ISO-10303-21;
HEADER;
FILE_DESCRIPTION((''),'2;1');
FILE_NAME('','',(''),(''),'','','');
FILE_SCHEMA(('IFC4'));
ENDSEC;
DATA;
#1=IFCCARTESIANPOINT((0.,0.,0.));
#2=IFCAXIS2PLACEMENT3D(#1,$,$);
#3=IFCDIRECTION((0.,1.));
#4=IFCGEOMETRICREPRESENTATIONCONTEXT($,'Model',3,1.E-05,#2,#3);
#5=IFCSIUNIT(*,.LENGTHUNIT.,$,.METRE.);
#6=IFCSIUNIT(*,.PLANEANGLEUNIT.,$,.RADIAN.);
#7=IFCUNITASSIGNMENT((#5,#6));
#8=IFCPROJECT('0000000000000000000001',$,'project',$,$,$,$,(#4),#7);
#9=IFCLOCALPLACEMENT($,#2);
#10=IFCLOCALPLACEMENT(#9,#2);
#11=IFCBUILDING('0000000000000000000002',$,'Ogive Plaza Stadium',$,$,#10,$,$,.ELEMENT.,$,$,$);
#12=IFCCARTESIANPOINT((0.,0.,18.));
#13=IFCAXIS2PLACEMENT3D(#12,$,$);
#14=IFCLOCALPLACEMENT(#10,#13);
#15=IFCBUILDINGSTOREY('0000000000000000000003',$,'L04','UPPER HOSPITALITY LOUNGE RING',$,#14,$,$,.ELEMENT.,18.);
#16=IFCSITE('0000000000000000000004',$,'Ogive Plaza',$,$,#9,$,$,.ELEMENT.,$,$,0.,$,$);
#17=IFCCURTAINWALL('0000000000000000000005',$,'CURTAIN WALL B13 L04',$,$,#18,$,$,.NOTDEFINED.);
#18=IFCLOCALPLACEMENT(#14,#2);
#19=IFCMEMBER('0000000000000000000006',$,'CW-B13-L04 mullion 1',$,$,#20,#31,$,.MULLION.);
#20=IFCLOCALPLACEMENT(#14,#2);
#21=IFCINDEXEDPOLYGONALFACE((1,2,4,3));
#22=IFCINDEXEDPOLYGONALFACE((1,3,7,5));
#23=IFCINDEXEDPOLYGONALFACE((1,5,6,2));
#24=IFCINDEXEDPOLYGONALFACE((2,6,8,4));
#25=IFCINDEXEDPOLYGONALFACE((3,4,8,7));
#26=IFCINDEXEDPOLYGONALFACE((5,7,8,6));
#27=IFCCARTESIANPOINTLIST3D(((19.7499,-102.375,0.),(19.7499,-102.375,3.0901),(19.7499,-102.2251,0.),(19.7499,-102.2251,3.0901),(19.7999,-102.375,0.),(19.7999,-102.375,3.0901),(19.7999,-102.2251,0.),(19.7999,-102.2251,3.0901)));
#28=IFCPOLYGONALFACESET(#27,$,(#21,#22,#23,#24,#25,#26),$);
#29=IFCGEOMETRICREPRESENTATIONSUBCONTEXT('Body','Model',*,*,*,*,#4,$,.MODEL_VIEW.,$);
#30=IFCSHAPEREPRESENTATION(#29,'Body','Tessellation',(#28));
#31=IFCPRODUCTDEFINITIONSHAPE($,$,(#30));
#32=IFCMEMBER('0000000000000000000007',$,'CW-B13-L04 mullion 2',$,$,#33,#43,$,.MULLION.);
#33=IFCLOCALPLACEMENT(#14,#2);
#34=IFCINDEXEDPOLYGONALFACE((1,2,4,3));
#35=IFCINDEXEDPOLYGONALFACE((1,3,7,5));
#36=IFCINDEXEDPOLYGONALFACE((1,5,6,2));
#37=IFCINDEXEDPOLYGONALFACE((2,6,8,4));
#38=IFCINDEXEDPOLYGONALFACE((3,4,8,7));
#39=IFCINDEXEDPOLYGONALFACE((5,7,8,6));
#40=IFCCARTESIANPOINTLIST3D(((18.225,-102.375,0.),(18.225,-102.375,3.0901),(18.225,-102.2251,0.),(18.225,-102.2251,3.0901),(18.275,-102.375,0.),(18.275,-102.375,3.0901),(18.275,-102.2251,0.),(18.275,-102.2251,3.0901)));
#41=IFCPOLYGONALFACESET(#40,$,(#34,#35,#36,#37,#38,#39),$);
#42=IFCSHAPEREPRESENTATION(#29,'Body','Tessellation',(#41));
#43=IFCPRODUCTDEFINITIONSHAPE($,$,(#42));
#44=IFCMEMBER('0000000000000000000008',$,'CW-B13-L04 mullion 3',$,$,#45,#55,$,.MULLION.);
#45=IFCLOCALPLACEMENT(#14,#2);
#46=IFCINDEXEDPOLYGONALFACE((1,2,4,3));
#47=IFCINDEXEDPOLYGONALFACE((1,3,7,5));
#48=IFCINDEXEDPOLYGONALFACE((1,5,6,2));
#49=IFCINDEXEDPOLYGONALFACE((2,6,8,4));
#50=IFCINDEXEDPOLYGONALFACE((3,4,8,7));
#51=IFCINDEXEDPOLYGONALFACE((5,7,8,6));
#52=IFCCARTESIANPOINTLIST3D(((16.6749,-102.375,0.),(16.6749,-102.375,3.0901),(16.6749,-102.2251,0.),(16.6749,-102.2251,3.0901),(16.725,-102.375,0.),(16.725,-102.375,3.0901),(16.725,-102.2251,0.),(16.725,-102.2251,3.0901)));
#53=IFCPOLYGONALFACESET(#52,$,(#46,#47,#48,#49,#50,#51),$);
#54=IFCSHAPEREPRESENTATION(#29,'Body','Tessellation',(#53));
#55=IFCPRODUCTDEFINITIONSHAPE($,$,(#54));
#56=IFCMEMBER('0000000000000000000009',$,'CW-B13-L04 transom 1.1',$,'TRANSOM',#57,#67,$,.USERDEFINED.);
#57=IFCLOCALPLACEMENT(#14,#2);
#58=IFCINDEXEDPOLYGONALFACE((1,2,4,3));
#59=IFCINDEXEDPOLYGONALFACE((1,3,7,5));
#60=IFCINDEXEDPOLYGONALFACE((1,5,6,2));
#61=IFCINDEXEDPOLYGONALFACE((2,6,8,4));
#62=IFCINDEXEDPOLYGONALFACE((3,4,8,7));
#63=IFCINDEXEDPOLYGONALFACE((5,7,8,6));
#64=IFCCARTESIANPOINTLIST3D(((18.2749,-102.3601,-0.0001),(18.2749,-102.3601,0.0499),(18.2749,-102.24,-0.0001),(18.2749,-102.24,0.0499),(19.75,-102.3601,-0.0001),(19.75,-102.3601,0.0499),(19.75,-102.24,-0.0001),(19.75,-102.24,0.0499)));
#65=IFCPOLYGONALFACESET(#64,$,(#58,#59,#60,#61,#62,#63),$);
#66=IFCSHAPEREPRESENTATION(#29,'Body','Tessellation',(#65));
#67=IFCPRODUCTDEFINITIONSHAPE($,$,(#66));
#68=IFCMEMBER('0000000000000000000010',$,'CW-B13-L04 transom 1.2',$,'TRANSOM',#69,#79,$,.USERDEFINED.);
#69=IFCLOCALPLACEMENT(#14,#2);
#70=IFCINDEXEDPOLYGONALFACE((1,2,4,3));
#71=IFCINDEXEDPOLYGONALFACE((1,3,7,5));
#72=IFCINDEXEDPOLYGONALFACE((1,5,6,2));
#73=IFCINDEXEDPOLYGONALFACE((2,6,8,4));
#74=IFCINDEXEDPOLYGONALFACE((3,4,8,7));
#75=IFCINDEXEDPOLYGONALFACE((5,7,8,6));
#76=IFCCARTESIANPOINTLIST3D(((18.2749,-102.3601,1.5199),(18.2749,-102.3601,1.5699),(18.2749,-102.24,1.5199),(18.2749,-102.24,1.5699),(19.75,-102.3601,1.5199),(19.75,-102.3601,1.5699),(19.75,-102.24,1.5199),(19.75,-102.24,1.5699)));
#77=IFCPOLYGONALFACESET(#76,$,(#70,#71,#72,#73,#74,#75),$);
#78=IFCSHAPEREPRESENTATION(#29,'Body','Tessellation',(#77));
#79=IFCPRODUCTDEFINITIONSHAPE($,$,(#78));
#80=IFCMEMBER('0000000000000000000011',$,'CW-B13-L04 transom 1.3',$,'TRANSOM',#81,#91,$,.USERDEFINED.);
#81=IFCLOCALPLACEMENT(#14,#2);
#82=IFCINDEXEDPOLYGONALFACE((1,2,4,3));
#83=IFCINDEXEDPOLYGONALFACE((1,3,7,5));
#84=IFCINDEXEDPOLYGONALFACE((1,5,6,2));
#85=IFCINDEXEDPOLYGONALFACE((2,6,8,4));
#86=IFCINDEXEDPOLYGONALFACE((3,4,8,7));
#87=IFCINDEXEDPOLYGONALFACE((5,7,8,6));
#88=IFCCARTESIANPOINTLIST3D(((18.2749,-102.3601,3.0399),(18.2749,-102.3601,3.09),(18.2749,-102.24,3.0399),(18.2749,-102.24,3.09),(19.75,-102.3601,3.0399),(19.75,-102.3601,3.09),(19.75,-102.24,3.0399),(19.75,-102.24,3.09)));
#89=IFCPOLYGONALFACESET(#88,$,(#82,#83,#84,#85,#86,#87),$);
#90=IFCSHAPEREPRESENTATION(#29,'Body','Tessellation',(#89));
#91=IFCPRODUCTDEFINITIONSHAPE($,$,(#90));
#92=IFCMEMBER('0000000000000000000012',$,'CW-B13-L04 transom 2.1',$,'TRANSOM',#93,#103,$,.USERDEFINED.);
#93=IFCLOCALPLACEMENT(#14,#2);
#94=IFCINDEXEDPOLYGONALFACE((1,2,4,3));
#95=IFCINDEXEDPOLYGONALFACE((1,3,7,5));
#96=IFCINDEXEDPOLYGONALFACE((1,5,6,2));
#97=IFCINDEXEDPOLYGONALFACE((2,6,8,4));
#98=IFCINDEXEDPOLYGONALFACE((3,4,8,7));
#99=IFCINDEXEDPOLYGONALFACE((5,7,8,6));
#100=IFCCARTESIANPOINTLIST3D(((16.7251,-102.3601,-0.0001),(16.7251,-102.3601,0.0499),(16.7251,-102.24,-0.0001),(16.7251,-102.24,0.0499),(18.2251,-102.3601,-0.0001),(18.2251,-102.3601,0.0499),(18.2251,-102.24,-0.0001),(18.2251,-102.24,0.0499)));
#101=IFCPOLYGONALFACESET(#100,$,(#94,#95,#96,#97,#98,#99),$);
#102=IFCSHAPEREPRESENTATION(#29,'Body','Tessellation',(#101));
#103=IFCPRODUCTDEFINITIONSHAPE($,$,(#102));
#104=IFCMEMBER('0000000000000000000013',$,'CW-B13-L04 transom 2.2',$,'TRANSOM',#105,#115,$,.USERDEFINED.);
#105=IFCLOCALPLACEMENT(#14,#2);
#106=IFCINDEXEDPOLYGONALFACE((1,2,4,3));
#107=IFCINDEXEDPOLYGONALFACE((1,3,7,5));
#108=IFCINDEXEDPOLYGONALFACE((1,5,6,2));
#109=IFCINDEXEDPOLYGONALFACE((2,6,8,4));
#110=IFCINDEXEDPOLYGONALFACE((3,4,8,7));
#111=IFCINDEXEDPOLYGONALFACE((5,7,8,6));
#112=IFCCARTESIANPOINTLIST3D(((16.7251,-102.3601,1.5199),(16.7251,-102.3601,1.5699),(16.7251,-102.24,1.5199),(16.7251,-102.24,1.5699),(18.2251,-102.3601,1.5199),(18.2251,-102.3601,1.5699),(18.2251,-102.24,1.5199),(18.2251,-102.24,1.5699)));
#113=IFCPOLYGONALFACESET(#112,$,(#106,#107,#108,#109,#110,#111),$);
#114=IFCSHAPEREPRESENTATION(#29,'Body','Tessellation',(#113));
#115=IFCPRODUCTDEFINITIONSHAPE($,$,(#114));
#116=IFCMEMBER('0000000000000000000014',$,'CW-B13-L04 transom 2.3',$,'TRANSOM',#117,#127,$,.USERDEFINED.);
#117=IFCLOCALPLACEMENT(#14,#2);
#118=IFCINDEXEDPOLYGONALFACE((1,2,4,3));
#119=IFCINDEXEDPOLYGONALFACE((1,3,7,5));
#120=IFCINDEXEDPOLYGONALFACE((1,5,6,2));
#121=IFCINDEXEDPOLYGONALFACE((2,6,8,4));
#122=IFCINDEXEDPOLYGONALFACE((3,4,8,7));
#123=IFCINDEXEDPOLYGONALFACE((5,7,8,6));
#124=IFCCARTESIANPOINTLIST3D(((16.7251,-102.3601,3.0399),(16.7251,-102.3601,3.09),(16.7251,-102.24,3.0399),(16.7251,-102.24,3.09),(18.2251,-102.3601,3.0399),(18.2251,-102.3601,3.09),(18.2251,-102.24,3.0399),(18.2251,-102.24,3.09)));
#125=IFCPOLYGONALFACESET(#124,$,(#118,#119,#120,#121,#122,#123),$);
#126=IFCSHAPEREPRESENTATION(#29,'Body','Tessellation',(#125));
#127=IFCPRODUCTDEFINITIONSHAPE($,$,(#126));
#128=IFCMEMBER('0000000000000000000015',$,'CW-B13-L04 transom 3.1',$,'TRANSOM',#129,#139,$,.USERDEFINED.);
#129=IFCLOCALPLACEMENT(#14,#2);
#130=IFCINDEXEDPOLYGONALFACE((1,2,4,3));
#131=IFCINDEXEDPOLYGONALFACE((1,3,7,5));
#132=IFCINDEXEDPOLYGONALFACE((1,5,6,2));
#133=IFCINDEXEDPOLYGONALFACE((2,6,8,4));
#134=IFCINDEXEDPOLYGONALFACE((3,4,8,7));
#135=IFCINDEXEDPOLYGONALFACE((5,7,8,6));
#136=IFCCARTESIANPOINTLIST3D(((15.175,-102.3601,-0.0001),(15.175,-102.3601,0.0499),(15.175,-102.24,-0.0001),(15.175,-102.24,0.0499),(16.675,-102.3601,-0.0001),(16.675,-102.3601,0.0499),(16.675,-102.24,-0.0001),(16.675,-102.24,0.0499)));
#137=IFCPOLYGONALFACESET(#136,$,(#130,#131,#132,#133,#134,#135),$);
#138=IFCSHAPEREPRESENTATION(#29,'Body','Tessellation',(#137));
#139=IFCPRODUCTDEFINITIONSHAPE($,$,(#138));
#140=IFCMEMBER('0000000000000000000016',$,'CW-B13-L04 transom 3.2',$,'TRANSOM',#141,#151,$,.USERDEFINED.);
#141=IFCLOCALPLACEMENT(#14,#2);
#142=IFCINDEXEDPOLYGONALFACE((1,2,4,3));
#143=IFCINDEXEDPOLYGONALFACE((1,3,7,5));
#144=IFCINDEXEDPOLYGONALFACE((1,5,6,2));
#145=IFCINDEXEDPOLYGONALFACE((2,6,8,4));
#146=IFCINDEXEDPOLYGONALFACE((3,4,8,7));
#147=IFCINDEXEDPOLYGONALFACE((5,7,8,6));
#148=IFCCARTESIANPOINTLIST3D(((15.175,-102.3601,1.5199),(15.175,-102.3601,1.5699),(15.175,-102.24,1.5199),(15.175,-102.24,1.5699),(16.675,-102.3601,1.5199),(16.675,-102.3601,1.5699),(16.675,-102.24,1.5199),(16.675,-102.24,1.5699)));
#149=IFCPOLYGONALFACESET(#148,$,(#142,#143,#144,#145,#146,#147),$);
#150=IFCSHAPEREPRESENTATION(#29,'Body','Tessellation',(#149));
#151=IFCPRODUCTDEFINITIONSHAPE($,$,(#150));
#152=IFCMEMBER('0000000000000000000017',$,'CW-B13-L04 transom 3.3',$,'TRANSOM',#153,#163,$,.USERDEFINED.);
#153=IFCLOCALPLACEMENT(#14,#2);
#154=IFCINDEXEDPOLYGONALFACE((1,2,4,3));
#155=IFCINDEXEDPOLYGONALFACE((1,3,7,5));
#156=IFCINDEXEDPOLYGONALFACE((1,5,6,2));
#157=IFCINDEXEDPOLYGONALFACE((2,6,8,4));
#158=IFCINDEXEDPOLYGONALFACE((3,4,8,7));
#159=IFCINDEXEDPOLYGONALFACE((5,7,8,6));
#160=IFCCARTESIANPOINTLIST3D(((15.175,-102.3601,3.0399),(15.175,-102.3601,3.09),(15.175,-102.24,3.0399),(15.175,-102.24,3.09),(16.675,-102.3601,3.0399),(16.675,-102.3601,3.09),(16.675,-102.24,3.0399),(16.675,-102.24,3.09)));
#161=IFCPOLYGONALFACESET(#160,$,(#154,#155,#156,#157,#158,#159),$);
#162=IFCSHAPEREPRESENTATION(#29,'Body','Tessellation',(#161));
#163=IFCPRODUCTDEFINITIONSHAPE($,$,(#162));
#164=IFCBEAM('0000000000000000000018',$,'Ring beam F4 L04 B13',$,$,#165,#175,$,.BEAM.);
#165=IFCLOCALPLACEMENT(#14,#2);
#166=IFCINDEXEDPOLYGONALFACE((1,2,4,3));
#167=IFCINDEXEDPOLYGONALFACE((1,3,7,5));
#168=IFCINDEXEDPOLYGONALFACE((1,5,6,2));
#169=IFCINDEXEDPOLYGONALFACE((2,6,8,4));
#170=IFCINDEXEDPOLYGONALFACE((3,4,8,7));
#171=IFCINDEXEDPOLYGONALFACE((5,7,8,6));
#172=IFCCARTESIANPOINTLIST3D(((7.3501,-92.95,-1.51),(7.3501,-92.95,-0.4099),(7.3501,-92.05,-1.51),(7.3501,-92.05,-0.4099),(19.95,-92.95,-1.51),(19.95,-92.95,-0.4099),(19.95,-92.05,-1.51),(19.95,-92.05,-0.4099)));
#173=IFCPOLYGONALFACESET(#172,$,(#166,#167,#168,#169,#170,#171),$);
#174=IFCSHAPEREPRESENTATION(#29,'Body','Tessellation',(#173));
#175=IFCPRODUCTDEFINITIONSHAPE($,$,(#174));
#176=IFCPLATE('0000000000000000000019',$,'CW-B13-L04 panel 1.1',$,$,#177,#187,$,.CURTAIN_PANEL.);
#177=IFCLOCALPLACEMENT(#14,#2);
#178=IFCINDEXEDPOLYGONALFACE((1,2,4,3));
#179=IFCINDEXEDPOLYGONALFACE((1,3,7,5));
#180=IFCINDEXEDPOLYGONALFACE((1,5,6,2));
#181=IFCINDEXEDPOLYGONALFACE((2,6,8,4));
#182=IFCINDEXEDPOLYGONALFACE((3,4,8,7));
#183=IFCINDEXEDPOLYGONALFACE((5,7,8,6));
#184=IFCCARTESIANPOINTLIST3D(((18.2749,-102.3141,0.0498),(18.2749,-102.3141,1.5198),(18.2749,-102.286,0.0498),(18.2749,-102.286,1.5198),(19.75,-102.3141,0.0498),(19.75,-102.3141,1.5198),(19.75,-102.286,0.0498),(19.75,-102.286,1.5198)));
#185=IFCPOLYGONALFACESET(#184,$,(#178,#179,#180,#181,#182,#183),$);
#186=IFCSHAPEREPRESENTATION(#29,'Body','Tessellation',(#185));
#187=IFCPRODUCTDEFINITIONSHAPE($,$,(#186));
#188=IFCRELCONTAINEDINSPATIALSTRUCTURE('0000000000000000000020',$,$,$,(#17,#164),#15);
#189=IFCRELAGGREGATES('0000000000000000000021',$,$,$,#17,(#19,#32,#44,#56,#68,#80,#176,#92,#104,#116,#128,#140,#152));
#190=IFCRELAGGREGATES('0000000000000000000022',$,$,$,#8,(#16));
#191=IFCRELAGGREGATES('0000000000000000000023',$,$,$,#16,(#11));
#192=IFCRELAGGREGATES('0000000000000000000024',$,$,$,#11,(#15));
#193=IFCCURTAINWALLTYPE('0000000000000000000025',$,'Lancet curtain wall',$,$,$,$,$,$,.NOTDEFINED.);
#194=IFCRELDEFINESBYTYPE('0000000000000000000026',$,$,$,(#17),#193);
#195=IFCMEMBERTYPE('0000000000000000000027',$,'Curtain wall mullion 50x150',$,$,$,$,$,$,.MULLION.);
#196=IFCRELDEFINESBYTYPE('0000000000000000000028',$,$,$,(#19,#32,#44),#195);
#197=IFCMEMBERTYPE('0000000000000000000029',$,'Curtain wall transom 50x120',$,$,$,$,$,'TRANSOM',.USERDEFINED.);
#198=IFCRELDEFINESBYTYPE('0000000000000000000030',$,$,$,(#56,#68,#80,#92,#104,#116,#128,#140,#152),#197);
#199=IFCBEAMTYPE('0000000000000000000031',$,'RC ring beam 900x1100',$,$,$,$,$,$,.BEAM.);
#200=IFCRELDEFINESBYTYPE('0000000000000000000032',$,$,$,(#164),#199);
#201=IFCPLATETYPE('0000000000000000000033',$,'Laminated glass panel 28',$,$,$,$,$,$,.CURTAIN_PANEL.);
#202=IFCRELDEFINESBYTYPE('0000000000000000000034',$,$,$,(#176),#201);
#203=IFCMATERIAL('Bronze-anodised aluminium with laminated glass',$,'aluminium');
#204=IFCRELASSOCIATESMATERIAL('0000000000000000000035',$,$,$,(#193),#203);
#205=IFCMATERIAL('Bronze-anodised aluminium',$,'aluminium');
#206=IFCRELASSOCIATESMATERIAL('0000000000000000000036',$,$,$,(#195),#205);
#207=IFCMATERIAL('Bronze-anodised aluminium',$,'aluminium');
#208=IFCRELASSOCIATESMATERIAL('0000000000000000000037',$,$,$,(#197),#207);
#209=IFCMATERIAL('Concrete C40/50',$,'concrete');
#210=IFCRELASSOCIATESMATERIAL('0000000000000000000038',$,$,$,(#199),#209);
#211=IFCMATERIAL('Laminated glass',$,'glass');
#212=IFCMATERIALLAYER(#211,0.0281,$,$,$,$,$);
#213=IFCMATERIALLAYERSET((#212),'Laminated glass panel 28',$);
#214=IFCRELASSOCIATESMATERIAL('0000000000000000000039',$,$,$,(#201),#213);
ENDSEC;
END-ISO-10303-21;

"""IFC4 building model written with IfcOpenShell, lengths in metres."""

from ifc_helpers import new_model, si_unit, direction, frame, origin, origin_2d, place, context, subcontext, project, spatial, rectangle, extrude, material, layer, layer_set, material_profile, profile_set, type_object, element, aggregate, save


model = new_model("IFC4")

# Units and contexts
model_context = context("Model", 3, precision=1e-05, world=origin(), true_north=direction((0.0, 1.0)))
body_context = subcontext(model_context, "Body", "Model", "MODEL_VIEW")
ifc_project = project(units=[si_unit("LENGTHUNIT", "METRE"), si_unit("PLANEANGLEUNIT", "RADIAN")], contexts=[model_context])

# Site, building, storey
site_placement = place(None, origin())
site = spatial("IfcSite", under=ifc_project, at=site_placement, Name="Ogive Plaza", CompositionType="ELEMENT", RefElevation=0.0)
building_placement = place(site_placement, origin())
building = spatial("IfcBuilding", under=site, at=building_placement, Name="Ogive Plaza Stadium", CompositionType="ELEMENT")
storey_placement = place(building_placement, frame((0.0, 0.0, 18.0)))
storey = spatial("IfcBuildingStorey", under=building, at=storey_placement, Name="L04", Description="UPPER HOSPITALITY LOUNGE RING", CompositionType="ELEMENT", Elevation=18.0)

# Curtain wall, members
ifc_material_1 = material(Name="Bronze-anodised aluminium with laminated glass", Category="aluminium")
curtain_wall_type = type_object("IfcCurtainWallType", Name="Lancet curtain wall", PredefinedType="NOTDEFINED", material=ifc_material_1)
curtain_wall_placement = place(storey_placement, origin())
curtain_wall = element("IfcCurtainWall", 1, at=curtain_wall_placement, inside=storey, type_object=curtain_wall_type, Name="CURTAIN WALL B13 L04", PredefinedType="NOTDEFINED")
ifc_material_2 = material(Name="Bronze-anodised aluminium", Category="aluminium")
ifc_material_profile_1 = material_profile(ifc_material_2, rectangle(XDim=0.1499, YDim=0.05, at=origin_2d()), Name="AL 150x50")
ifc_profile_set_1 = profile_set([ifc_material_profile_1], Name="Bronze-anodised aluminium")
member_type_1 = type_object("IfcMemberType", Name="Curtain wall mullion 50x150", PredefinedType="MULLION", material=ifc_profile_set_1)
member_1_placement = place(storey_placement, frame((19.7749, -102.3, 0.0), z_axis=(0.0, 0.0, 1.0), x_axis=(0.0, -1.0, 0.0)))
member_1 = element("IfcMember", 2, at=member_1_placement, type_object=member_type_1, Name="CW-B13-L04 mullion 1", PredefinedType="MULLION", context=body_context, shape_type="SweptSolid", body=[
    extrude(rectangle(XDim=0.1499, YDim=0.05, at=origin_2d()), origin(), (0.0, 0.0, 1.0), 3.0901),
])
member_2_placement = place(storey_placement, frame((18.25, -102.3, 0.0), z_axis=(0.0, 0.0, 1.0), x_axis=(0.0, -1.0, 0.0)))
member_2 = element("IfcMember", 3, at=member_2_placement, type_object=member_type_1, Name="CW-B13-L04 mullion 2", PredefinedType="MULLION", context=body_context, shape_type="SweptSolid", body=[
    extrude(rectangle(XDim=0.1499, YDim=0.05, at=origin_2d()), origin(), (0.0, 0.0, 1.0), 3.0901),
])
member_3_placement = place(storey_placement, frame((16.7, -102.3, 0.0), z_axis=(0.0, 0.0, 1.0), x_axis=(0.0, -1.0, 0.0)))
member_3 = element("IfcMember", 4, at=member_3_placement, type_object=member_type_1, Name="CW-B13-L04 mullion 3", PredefinedType="MULLION", context=body_context, shape_type="SweptSolid", body=[
    extrude(rectangle(XDim=0.1499, YDim=0.05, at=origin_2d()), origin(), (0.0, 0.0, 1.0), 3.0901),
])
ifc_material_3 = material(Name="Bronze-anodised aluminium", Category="aluminium")
ifc_material_profile_2 = material_profile(ifc_material_3, rectangle(XDim=0.1201, YDim=0.05, at=origin_2d()), Name="AL 120x50")
ifc_profile_set_2 = profile_set([ifc_material_profile_2], Name="Bronze-anodised aluminium")
member_type_2 = type_object("IfcMemberType", Name="Curtain wall transom 50x120", ElementType="TRANSOM", PredefinedType="USERDEFINED", material=ifc_profile_set_2)
member_4_placement = place(storey_placement, frame((19.75, -102.3, 0.0249), z_axis=(-1.0, 0.0, 0.0), x_axis=(0.0, -1.0, 0.0)))
member_4 = element("IfcMember", 5, at=member_4_placement, type_object=member_type_2, Name="CW-B13-L04 transom 1.1", ObjectType="TRANSOM", PredefinedType="USERDEFINED", context=body_context, shape_type="SweptSolid", body=[
    extrude(rectangle(XDim=0.1201, YDim=0.05, at=origin_2d()), origin(), (0.0, 0.0, 1.0), 1.4751),
])
member_5_placement = place(storey_placement, frame((19.75, -102.3, 1.5449), z_axis=(-1.0, 0.0, 0.0), x_axis=(0.0, -1.0, 0.0)))
member_5 = element("IfcMember", 6, at=member_5_placement, type_object=member_type_2, Name="CW-B13-L04 transom 1.2", ObjectType="TRANSOM", PredefinedType="USERDEFINED", context=body_context, shape_type="SweptSolid", body=[
    extrude(rectangle(XDim=0.1201, YDim=0.05, at=origin_2d()), origin(), (0.0, 0.0, 1.0), 1.4751),
])
member_6_placement = place(storey_placement, frame((19.75, -102.3, 3.0649), z_axis=(-1.0, 0.0, 0.0), x_axis=(0.0, -1.0, 0.0)))
member_6 = element("IfcMember", 7, at=member_6_placement, type_object=member_type_2, Name="CW-B13-L04 transom 1.3", ObjectType="TRANSOM", PredefinedType="USERDEFINED", context=body_context, shape_type="SweptSolid", body=[
    extrude(rectangle(XDim=0.1201, YDim=0.05, at=origin_2d()), origin(), (0.0, 0.0, 1.0), 1.4751),
])
member_7_placement = place(storey_placement, frame((18.2251, -102.3, 0.0249), z_axis=(-1.0, 0.0, 0.0), x_axis=(0.0, -1.0, 0.0)))
member_7 = element("IfcMember", 8, at=member_7_placement, type_object=member_type_2, Name="CW-B13-L04 transom 2.1", ObjectType="TRANSOM", PredefinedType="USERDEFINED", context=body_context, shape_type="SweptSolid", body=[
    extrude(rectangle(XDim=0.1201, YDim=0.05, at=origin_2d()), origin(), (0.0, 0.0, 1.0), 1.5),
])
member_8_placement = place(storey_placement, frame((18.2251, -102.3, 1.5449), z_axis=(-1.0, 0.0, 0.0), x_axis=(0.0, -1.0, 0.0)))
member_8 = element("IfcMember", 9, at=member_8_placement, type_object=member_type_2, Name="CW-B13-L04 transom 2.2", ObjectType="TRANSOM", PredefinedType="USERDEFINED", context=body_context, shape_type="SweptSolid", body=[
    extrude(rectangle(XDim=0.1201, YDim=0.05, at=origin_2d()), origin(), (0.0, 0.0, 1.0), 1.5),
])
member_9_placement = place(storey_placement, frame((18.2251, -102.3, 3.0649), z_axis=(-1.0, 0.0, 0.0), x_axis=(0.0, -1.0, 0.0)))
member_9 = element("IfcMember", 10, at=member_9_placement, type_object=member_type_2, Name="CW-B13-L04 transom 2.3", ObjectType="TRANSOM", PredefinedType="USERDEFINED", context=body_context, shape_type="SweptSolid", body=[
    extrude(rectangle(XDim=0.1201, YDim=0.05, at=origin_2d()), origin(), (0.0, 0.0, 1.0), 1.5),
])
member_10_placement = place(storey_placement, frame((16.675, -102.3, 0.0249), z_axis=(-1.0, 0.0, 0.0), x_axis=(0.0, -1.0, 0.0)))
member_10 = element("IfcMember", 11, at=member_10_placement, type_object=member_type_2, Name="CW-B13-L04 transom 3.1", ObjectType="TRANSOM", PredefinedType="USERDEFINED", context=body_context, shape_type="SweptSolid", body=[
    extrude(rectangle(XDim=0.1201, YDim=0.05, at=origin_2d()), origin(), (0.0, 0.0, 1.0), 1.5),
])
member_11_placement = place(storey_placement, frame((16.675, -102.3, 1.5449), z_axis=(-1.0, 0.0, 0.0), x_axis=(0.0, -1.0, 0.0)))
member_11 = element("IfcMember", 12, at=member_11_placement, type_object=member_type_2, Name="CW-B13-L04 transom 3.2", ObjectType="TRANSOM", PredefinedType="USERDEFINED", context=body_context, shape_type="SweptSolid", body=[
    extrude(rectangle(XDim=0.1201, YDim=0.05, at=origin_2d()), origin(), (0.0, 0.0, 1.0), 1.5),
])
member_12_placement = place(storey_placement, frame((16.675, -102.3, 3.0649), z_axis=(-1.0, 0.0, 0.0), x_axis=(0.0, -1.0, 0.0)))
member_12 = element("IfcMember", 13, at=member_12_placement, type_object=member_type_2, Name="CW-B13-L04 transom 3.3", ObjectType="TRANSOM", PredefinedType="USERDEFINED", context=body_context, shape_type="SweptSolid", body=[
    extrude(rectangle(XDim=0.1201, YDim=0.05, at=origin_2d()), origin(), (0.0, 0.0, 1.0), 1.5),
])

# Beam
ifc_material_4 = material(Name="Concrete C40/50", Category="concrete")
ifc_material_profile_3 = material_profile(ifc_material_4, rectangle(XDim=0.8999, YDim=1.1001, at=origin_2d()), Name="RC 900x1100")
ifc_profile_set_3 = profile_set([ifc_material_profile_3], Name="Concrete C40/50")
beam_type = type_object("IfcBeamType", Name="RC ring beam 900x1100", PredefinedType="BEAM", material=ifc_profile_set_3)
beam_placement = place(storey_placement, frame((19.95, -92.5, -0.96), z_axis=(-1.0, 0.0, 0.0), x_axis=(0.0, -1.0, 0.0)))
element("IfcBeam", 14, at=beam_placement, inside=storey, type_object=beam_type, Name="Ring beam F4 L04 B13", PredefinedType="BEAM", context=body_context, shape_type="SweptSolid", body=[
    extrude(rectangle(XDim=0.8999, YDim=1.1001, at=origin_2d()), origin(), (0.0, 0.0, 1.0), 12.5999),
])

# Plate
ifc_material_5 = material(Name="Laminated glass", Category="glass")
ifc_layer_1 = layer(ifc_material_5, 0.0281)
ifc_layer_set_1 = layer_set([ifc_layer_1], Name="Laminated glass panel 28")
plate_type = type_object("IfcPlateType", Name="Laminated glass panel 28", PredefinedType="CURTAIN_PANEL", material=ifc_layer_set_1)
plate_1_placement = place(storey_placement, frame((19.0125, -102.3, 0.0498), z_axis=(0.0, 0.0, 1.0), x_axis=(-1.0, 0.0, 0.0)))
plate_1 = element("IfcPlate", 15, at=plate_1_placement, type_object=plate_type, Name="CW-B13-L04 panel 1.1", PredefinedType="CURTAIN_PANEL", context=body_context, shape_type="SweptSolid", body=[
    extrude(rectangle(XDim=1.4751, YDim=0.0281, at=origin_2d()), origin(), (0.0, 0.0, 1.0), 1.47),
])
aggregate(curtain_wall, [member_1, member_2, member_3, member_4, member_5, member_6, plate_1, member_7, member_8, member_9, member_10, member_11, member_12])

save(model, "model.ifc")
